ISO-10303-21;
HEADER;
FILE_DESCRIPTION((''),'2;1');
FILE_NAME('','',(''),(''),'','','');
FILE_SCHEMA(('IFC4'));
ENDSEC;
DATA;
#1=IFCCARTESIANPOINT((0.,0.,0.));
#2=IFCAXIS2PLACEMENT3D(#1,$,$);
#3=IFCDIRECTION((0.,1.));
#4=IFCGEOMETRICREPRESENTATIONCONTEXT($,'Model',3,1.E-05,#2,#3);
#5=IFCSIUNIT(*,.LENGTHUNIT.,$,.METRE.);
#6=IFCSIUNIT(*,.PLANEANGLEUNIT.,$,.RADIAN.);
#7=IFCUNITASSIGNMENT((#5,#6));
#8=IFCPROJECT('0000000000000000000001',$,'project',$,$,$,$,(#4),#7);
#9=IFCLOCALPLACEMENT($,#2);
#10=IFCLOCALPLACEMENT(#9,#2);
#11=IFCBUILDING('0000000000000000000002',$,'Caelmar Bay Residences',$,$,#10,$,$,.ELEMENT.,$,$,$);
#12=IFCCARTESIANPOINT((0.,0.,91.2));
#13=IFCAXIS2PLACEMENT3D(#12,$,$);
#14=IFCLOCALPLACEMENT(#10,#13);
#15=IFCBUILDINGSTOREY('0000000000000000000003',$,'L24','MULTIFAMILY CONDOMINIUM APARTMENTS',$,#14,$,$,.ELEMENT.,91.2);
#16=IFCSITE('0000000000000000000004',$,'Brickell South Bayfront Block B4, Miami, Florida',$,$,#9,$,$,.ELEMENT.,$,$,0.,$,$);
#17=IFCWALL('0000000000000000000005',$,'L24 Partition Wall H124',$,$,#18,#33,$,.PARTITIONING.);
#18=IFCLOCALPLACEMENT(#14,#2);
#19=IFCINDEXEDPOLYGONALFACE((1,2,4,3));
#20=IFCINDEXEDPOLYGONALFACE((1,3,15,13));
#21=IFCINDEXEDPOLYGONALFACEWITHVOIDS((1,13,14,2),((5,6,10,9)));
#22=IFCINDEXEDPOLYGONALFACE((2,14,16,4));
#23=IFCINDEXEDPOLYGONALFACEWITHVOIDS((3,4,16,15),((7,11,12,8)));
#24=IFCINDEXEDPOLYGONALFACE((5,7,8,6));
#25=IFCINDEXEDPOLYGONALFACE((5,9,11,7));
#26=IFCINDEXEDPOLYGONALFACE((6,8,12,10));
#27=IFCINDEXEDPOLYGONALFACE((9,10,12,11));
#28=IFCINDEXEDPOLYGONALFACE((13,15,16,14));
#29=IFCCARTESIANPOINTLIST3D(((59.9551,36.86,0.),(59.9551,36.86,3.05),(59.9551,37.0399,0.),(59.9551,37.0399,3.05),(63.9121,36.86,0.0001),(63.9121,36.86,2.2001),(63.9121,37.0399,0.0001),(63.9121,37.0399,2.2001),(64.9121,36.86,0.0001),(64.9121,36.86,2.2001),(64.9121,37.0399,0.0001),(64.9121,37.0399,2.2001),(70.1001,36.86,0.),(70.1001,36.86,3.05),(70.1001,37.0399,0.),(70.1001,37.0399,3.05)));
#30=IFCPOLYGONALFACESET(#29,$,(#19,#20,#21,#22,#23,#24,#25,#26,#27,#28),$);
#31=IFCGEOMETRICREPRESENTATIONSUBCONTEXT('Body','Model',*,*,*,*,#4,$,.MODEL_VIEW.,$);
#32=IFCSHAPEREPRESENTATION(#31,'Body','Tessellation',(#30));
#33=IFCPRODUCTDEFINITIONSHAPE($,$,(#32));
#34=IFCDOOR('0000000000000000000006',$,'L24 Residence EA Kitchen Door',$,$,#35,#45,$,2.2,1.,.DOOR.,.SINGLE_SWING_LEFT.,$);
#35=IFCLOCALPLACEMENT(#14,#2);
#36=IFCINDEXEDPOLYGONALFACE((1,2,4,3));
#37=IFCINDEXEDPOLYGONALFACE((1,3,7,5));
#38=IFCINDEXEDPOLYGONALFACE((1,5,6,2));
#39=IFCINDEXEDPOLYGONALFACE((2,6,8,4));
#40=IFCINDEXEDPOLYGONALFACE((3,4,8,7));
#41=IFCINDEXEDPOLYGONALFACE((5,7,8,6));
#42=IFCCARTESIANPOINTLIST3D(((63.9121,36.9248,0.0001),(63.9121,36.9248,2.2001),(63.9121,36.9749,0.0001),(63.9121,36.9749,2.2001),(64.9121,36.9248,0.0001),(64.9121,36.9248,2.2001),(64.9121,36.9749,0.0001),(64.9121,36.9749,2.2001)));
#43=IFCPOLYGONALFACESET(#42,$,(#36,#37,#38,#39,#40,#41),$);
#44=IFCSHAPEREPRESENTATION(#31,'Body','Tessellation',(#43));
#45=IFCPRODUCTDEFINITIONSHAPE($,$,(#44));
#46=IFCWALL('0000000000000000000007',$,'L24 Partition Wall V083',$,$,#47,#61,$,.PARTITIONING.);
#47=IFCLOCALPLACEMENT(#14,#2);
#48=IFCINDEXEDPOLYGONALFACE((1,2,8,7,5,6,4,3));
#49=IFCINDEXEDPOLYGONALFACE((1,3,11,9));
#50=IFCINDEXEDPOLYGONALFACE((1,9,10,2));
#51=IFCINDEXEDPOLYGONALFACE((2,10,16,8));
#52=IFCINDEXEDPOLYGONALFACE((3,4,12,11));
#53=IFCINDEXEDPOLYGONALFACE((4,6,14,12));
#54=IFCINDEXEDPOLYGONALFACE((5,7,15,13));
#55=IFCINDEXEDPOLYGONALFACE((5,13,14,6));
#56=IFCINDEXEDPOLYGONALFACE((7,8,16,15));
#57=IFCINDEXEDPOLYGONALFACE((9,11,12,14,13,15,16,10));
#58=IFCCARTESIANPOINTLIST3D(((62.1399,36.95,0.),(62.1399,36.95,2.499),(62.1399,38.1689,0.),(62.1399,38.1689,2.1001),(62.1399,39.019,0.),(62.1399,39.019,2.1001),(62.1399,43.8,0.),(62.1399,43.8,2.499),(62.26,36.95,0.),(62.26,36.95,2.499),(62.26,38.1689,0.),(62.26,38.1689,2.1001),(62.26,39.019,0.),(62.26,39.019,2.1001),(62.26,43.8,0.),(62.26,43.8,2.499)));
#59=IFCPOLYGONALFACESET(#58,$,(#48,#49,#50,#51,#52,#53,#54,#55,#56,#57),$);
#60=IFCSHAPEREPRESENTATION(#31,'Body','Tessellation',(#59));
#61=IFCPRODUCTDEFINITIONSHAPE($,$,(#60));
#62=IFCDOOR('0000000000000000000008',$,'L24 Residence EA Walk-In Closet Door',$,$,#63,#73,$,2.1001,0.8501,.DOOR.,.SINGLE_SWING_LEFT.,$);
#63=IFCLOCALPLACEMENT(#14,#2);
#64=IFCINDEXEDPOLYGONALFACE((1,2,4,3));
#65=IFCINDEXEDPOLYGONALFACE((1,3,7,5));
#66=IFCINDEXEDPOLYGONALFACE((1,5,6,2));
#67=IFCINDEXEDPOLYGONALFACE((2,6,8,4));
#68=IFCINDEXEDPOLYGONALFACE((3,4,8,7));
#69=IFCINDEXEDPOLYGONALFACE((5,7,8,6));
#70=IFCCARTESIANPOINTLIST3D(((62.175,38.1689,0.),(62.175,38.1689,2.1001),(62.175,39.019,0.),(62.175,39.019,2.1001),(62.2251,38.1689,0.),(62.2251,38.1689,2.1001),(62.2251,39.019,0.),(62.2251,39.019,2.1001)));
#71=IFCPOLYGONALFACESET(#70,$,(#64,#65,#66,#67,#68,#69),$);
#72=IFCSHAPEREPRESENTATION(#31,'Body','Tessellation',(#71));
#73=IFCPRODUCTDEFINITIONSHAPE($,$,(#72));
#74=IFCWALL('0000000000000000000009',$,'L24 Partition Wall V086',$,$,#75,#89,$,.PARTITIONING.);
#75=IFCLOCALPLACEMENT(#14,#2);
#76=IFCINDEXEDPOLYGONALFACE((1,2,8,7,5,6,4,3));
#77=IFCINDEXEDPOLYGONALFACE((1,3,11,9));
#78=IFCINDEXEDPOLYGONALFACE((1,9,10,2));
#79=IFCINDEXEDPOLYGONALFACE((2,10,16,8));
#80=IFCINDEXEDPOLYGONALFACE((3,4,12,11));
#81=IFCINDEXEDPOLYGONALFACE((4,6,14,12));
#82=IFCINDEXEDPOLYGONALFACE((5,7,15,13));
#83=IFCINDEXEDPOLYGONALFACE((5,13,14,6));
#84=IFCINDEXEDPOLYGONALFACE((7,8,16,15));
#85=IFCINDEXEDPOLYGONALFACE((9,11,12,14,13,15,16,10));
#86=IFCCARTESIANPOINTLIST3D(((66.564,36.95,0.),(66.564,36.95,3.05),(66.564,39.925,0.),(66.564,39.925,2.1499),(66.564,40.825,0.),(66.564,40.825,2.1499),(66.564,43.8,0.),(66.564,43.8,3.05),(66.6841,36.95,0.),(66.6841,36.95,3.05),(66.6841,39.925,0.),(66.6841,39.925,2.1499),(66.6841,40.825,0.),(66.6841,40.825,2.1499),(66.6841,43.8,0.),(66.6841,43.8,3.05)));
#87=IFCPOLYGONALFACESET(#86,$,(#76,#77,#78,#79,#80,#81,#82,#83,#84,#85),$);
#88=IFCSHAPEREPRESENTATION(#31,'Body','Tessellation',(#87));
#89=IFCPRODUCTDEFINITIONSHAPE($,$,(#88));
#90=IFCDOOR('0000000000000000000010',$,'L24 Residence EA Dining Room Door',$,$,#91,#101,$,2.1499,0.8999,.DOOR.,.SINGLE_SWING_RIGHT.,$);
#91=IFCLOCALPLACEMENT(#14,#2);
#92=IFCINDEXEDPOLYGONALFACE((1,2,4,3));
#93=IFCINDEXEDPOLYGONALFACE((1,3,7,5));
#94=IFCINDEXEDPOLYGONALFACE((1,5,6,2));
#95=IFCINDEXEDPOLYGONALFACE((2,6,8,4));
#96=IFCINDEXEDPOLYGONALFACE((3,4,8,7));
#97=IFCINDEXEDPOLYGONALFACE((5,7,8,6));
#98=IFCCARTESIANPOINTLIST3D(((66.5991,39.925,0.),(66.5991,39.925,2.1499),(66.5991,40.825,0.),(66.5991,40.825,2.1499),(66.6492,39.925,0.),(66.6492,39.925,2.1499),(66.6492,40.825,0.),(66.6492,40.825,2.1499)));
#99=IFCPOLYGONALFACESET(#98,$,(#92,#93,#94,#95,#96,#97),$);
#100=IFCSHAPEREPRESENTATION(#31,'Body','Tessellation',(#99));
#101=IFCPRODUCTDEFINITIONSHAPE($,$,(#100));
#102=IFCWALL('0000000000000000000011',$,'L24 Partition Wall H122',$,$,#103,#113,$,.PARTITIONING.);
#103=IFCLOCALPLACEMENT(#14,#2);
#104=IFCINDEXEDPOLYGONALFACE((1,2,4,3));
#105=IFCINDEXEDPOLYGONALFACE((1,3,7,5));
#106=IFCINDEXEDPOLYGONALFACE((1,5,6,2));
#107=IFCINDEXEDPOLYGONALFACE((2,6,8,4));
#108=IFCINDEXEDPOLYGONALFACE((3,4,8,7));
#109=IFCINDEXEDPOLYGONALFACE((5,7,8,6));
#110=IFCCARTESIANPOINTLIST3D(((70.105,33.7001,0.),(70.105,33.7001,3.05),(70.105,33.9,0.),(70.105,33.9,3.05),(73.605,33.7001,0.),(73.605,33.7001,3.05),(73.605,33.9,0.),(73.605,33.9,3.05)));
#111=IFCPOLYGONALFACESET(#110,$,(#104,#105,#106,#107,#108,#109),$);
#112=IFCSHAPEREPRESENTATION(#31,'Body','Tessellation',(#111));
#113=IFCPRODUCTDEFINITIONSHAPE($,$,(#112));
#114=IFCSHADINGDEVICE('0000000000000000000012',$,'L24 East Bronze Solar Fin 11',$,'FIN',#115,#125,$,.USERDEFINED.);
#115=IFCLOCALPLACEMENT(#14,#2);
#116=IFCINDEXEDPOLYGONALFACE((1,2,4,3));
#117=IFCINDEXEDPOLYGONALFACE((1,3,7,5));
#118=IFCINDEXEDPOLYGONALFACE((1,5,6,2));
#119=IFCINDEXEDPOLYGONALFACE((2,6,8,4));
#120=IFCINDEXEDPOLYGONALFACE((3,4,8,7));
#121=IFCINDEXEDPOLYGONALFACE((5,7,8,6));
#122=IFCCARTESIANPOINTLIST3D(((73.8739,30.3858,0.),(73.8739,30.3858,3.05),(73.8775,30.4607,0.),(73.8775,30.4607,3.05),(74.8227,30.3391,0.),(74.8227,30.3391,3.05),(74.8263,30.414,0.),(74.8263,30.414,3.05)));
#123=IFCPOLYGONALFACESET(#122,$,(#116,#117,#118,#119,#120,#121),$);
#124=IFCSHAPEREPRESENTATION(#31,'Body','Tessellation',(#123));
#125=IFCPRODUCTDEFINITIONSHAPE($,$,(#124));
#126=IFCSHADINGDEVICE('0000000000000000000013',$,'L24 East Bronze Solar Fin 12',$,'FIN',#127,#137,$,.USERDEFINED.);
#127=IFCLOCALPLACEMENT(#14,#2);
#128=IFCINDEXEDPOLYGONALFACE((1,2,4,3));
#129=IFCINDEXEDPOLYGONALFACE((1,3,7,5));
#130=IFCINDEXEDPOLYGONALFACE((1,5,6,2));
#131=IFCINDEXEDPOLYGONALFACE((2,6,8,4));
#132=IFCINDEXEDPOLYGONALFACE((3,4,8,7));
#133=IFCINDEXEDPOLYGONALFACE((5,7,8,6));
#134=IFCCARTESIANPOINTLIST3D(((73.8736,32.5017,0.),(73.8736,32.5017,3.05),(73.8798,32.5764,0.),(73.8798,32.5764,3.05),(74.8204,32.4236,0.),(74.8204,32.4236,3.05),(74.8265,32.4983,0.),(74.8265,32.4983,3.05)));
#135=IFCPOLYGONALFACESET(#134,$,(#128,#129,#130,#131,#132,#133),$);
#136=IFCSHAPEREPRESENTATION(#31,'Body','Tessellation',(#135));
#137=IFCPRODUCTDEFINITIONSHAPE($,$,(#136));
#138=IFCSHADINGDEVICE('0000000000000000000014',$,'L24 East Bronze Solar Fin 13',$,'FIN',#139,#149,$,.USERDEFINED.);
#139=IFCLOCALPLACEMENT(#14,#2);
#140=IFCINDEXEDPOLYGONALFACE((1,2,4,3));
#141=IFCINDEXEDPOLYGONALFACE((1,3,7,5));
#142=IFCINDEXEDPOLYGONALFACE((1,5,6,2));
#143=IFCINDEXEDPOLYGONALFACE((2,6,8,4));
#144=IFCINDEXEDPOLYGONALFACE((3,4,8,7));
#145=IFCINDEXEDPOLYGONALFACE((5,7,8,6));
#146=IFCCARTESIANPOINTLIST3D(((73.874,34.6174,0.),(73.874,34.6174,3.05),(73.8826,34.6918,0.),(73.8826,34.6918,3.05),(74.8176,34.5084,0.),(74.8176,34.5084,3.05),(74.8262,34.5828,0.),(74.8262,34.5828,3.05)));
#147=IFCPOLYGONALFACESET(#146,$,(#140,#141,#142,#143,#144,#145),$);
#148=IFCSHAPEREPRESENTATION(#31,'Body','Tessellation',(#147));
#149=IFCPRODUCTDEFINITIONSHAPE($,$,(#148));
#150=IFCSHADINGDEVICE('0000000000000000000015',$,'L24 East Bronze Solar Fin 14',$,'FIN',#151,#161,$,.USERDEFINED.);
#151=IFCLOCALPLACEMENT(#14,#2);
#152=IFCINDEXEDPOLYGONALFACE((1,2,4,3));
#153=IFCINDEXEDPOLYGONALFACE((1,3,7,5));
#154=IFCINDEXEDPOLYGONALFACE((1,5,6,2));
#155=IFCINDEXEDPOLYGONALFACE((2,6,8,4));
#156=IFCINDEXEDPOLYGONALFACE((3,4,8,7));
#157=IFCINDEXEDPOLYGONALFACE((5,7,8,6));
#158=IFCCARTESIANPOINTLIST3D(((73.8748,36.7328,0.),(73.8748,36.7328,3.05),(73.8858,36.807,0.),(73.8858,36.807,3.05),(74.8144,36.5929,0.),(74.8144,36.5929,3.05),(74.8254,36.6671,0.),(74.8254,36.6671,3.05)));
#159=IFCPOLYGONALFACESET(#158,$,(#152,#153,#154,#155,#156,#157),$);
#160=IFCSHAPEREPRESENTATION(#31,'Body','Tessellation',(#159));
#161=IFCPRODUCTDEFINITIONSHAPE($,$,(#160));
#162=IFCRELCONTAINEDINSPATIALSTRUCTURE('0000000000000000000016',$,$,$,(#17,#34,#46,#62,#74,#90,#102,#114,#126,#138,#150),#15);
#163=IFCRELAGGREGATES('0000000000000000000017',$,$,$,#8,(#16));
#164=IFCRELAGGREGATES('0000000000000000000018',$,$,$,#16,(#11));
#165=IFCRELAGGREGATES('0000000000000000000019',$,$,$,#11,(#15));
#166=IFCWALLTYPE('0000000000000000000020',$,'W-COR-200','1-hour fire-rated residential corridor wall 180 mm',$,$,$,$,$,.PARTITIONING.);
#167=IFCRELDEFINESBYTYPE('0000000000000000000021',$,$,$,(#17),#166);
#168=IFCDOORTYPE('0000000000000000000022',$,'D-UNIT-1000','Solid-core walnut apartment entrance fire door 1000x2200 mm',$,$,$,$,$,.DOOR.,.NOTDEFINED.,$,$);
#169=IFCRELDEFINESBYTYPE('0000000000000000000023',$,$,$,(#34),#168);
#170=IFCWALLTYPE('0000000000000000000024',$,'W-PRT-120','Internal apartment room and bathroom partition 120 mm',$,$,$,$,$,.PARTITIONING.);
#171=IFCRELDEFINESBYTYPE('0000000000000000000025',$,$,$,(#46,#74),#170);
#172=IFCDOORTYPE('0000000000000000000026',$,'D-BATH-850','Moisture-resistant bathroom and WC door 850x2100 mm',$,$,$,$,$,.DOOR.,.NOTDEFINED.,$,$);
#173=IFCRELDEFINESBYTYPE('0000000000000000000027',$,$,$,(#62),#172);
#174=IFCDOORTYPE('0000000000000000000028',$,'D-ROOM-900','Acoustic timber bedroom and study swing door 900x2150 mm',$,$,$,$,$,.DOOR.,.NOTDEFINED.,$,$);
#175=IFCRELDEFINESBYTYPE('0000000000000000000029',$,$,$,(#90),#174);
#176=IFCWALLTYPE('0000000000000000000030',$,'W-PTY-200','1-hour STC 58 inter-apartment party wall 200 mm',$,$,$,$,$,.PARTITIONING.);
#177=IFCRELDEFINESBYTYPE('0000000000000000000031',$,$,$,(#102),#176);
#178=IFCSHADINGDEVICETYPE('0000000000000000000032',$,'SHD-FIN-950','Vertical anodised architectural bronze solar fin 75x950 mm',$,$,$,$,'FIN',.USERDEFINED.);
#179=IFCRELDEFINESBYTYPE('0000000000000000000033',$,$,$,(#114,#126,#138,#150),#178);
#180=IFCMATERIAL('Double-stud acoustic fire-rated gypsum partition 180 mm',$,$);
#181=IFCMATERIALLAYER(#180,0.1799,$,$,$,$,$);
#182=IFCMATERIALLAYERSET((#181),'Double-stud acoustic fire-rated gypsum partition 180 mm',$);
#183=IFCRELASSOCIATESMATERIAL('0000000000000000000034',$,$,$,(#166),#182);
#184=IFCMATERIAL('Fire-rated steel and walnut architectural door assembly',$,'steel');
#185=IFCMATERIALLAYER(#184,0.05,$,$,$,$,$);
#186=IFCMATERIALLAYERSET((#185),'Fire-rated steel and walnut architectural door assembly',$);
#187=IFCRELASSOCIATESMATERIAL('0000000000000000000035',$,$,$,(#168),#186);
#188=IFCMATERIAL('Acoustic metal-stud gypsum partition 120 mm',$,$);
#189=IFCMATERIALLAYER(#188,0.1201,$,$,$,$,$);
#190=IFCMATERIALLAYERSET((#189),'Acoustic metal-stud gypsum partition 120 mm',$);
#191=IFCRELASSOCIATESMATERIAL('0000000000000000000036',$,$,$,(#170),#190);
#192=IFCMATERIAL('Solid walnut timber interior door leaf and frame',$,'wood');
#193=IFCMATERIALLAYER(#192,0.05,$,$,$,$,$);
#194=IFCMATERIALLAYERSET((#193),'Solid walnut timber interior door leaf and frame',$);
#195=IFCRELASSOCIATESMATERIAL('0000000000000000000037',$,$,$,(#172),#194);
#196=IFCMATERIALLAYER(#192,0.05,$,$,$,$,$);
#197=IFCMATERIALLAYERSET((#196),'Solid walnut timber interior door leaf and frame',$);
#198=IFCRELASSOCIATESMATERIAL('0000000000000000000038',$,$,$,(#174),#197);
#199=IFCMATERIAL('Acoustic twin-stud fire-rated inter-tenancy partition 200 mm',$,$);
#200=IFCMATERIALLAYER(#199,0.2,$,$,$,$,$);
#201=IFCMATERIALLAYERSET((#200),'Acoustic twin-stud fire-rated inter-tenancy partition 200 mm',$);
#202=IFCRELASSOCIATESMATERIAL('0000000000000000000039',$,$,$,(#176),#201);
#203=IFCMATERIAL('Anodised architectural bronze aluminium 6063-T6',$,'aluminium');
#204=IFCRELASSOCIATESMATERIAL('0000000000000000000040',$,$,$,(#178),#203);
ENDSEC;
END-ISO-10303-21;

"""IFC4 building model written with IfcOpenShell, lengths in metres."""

from ifc_helpers import new_model, si_unit, direction, frame, frame_2d, origin, origin_2d, place, context, subcontext, project, spatial, rectangle, extrude, material, layer, layer_set, material_profile, profile_set, type_object, element, fill, save


model = new_model("IFC4")

# Units and contexts
model_context = context("Model", 3, precision=1e-05, world=origin(), true_north=direction((0.0, 1.0)))
body_context = subcontext(model_context, "Body", "Model", "MODEL_VIEW")
ifc_project = project(units=[si_unit("LENGTHUNIT", "METRE"), si_unit("PLANEANGLEUNIT", "RADIAN")], contexts=[model_context])

# Site, building, storey
site_placement = place(None, origin())
site = spatial("IfcSite", under=ifc_project, at=site_placement, Name="Brickell South Bayfront Block B4, Miami, Florida", CompositionType="ELEMENT", RefElevation=0.0)
building_placement = place(site_placement, origin())
building = spatial("IfcBuilding", under=site, at=building_placement, Name="Caelmar Bay Residences", CompositionType="ELEMENT")
storey_placement = place(building_placement, frame((0.0, 0.0, 91.2)))
storey = spatial("IfcBuildingStorey", under=building, at=storey_placement, Name="L24", Description="MULTIFAMILY CONDOMINIUM APARTMENTS", CompositionType="ELEMENT", Elevation=91.2)

# Shared definitions
ifc_material_1 = material(Name="Double-stud acoustic fire-rated gypsum partition 180 mm")
ifc_layer_1 = layer(ifc_material_1, 0.1799)
ifc_layer_set_1 = layer_set([ifc_layer_1], Name="Double-stud acoustic fire-rated gypsum partition 180 mm")
wall_type_1 = type_object("IfcWallType", Name="W-COR-200", Description="1-hour fire-rated residential corridor wall 180 mm", PredefinedType="PARTITIONING", material=ifc_layer_set_1)

# Walls, openings, doors
wall_1_placement = place(storey_placement, frame((59.9551, 36.95, 0.0), z_axis=(0.0, 0.0, 1.0), x_axis=(1.0, 0.0, 0.0)))
wall_1 = element("IfcWall", 1, at=wall_1_placement, inside=storey, type_object=wall_type_1, Name="L24 Partition Wall H124", PredefinedType="PARTITIONING", context=body_context, shape_type="SweptSolid", body=[
    extrude(rectangle(XDim=10.145, YDim=0.1799, at=frame_2d((5.0725, 0.0))), origin(), (0.0, 0.0, 1.0), 3.05),
])
opening_1_placement = place(wall_1_placement, frame((3.957, 0.0, 0.0)))
opening_1 = element("IfcOpeningElement", 2, at=opening_1_placement, cuts=wall_1, PredefinedType="OPENING", context=body_context, shape_type="SweptSolid", body=[
    extrude(rectangle(XDim=1.0, YDim=2.2, at=frame_2d((0.5, 1.1001))), frame((0.0, 0.0999, 0.0), z_axis=(0.0, -1.0, 0.0), x_axis=(1.0, 0.0, 0.0)), (0.0, 0.0, 1.0), 0.2),
])
ifc_material_2 = material(Name="Fire-rated steel and walnut architectural door assembly", Category="steel")
ifc_layer_2 = layer(ifc_material_2, 0.05)
ifc_layer_set_2 = layer_set([ifc_layer_2], Name="Fire-rated steel and walnut architectural door assembly")
door_type_1 = type_object("IfcDoorType", Name="D-UNIT-1000", Description="Solid-core walnut apartment entrance fire door 1000x2200 mm", OperationType="NOTDEFINED", PredefinedType="DOOR", material=ifc_layer_set_2)
door_1_placement = place(opening_1_placement, origin())
door_1 = element("IfcDoor", 3, at=door_1_placement, inside=storey, type_object=door_type_1, Name="L24 Residence EA Kitchen Door", OperationType="SINGLE_SWING_LEFT", OverallHeight=2.2, OverallWidth=1.0, PredefinedType="DOOR", context=body_context, shape_type="SweptSolid", body=[
    extrude(rectangle(XDim=1.0, YDim=2.2, at=frame_2d((0.5, 1.1001))), frame((0.0, 0.0249, 0.0), z_axis=(0.0, -1.0, 0.0), x_axis=(1.0, 0.0, 0.0)), (0.0, 0.0, 1.0), 0.05),
])
fill(opening_1, door_1)
ifc_material_3 = material(Name="Acoustic metal-stud gypsum partition 120 mm")
ifc_layer_3 = layer(ifc_material_3, 0.1201)
ifc_layer_set_3 = layer_set([ifc_layer_3], Name="Acoustic metal-stud gypsum partition 120 mm")
wall_type_2 = type_object("IfcWallType", Name="W-PRT-120", Description="Internal apartment room and bathroom partition 120 mm", PredefinedType="PARTITIONING", material=ifc_layer_set_3)
wall_2_placement = place(storey_placement, frame((62.2, 36.95, 0.0), z_axis=(0.0, 0.0, 1.0), x_axis=(0.0, 1.0, 0.0)))
wall_2 = element("IfcWall", 4, at=wall_2_placement, inside=storey, type_object=wall_type_2, Name="L24 Partition Wall V083", PredefinedType="PARTITIONING", context=body_context, shape_type="SweptSolid", body=[
    extrude(rectangle(XDim=6.8501, YDim=0.1201, at=frame_2d((3.425, 0.0))), origin(), (0.0, 0.0, 1.0), 2.499),
])
opening_2_placement = place(wall_2_placement, frame((1.219, 0.0, 0.0)))
opening_2 = element("IfcOpeningElement", 5, at=opening_2_placement, cuts=wall_2, PredefinedType="OPENING", context=body_context, shape_type="SweptSolid", body=[
    extrude(rectangle(XDim=0.8501, YDim=2.1001, at=frame_2d((0.425, 1.05))), frame((0.0, 0.0701, 0.0), z_axis=(0.0, -1.0, 0.0), x_axis=(1.0, 0.0, 0.0)), (0.0, 0.0, 1.0), 0.1401),
])
ifc_material_4 = material(Name="Solid walnut timber interior door leaf and frame", Category="wood")
ifc_layer_4 = layer(ifc_material_4, 0.05)
ifc_layer_set_4 = layer_set([ifc_layer_4], Name="Solid walnut timber interior door leaf and frame")
door_type_2 = type_object("IfcDoorType", Name="D-BATH-850", Description="Moisture-resistant bathroom and WC door 850x2100 mm", OperationType="NOTDEFINED", PredefinedType="DOOR", material=ifc_layer_set_4)
door_2_placement = place(opening_2_placement, origin())
door_2 = element("IfcDoor", 6, at=door_2_placement, inside=storey, type_object=door_type_2, Name="L24 Residence EA Walk-In Closet Door", OperationType="SINGLE_SWING_LEFT", OverallHeight=2.1001, OverallWidth=0.8501, PredefinedType="DOOR", context=body_context, shape_type="SweptSolid", body=[
    extrude(rectangle(XDim=0.8501, YDim=2.1001, at=frame_2d((0.425, 1.05))), frame((0.0, 0.0249, 0.0), z_axis=(0.0, -1.0, 0.0), x_axis=(1.0, 0.0, 0.0)), (0.0, 0.0, 1.0), 0.05),
])
fill(opening_2, door_2)
wall_3_placement = place(storey_placement, frame((66.624, 36.95, 0.0), z_axis=(0.0, 0.0, 1.0), x_axis=(0.0, 1.0, 0.0)))
wall_3 = element("IfcWall", 7, at=wall_3_placement, inside=storey, type_object=wall_type_2, Name="L24 Partition Wall V086", PredefinedType="PARTITIONING", context=body_context, shape_type="SweptSolid", body=[
    extrude(rectangle(XDim=6.8501, YDim=0.1201, at=frame_2d((3.425, 0.0))), origin(), (0.0, 0.0, 1.0), 3.05),
])
opening_3_placement = place(wall_3_placement, frame((2.9751, 0.0, 0.0)))
opening_3 = element("IfcOpeningElement", 8, at=opening_3_placement, cuts=wall_3, PredefinedType="OPENING", context=body_context, shape_type="SweptSolid", body=[
    extrude(rectangle(XDim=0.8999, YDim=2.1499, at=frame_2d((0.45, 1.075))), frame((0.0, 0.0701, 0.0), z_axis=(0.0, -1.0, 0.0), x_axis=(1.0, 0.0, 0.0)), (0.0, 0.0, 1.0), 0.1401),
])
ifc_layer_5 = layer(ifc_material_4, 0.05)
ifc_layer_set_5 = layer_set([ifc_layer_5], Name="Solid walnut timber interior door leaf and frame")
door_type_3 = type_object("IfcDoorType", Name="D-ROOM-900", Description="Acoustic timber bedroom and study swing door 900x2150 mm", OperationType="NOTDEFINED", PredefinedType="DOOR", material=ifc_layer_set_5)
door_3_placement = place(opening_3_placement, origin())
door_3 = element("IfcDoor", 9, at=door_3_placement, inside=storey, type_object=door_type_3, Name="L24 Residence EA Dining Room Door", OperationType="SINGLE_SWING_RIGHT", OverallHeight=2.1499, OverallWidth=0.8999, PredefinedType="DOOR", context=body_context, shape_type="SweptSolid", body=[
    extrude(rectangle(XDim=0.8999, YDim=2.1499, at=frame_2d((0.45, 1.075))), frame((0.0, 0.0249, 0.0), z_axis=(0.0, -1.0, 0.0), x_axis=(1.0, 0.0, 0.0)), (0.0, 0.0, 1.0), 0.05),
])
fill(opening_3, door_3)

# Wall
ifc_material_5 = material(Name="Acoustic twin-stud fire-rated inter-tenancy partition 200 mm")
ifc_layer_6 = layer(ifc_material_5, 0.2)
ifc_layer_set_6 = layer_set([ifc_layer_6], Name="Acoustic twin-stud fire-rated inter-tenancy partition 200 mm")
wall_type_3 = type_object("IfcWallType", Name="W-PTY-200", Description="1-hour STC 58 inter-apartment party wall 200 mm", PredefinedType="PARTITIONING", material=ifc_layer_set_6)
wall_4_placement = place(storey_placement, frame((70.105, 33.8, 0.0), z_axis=(0.0, 0.0, 1.0), x_axis=(1.0, 0.0, 0.0)))
element("IfcWall", 10, at=wall_4_placement, inside=storey, type_object=wall_type_3, Name="L24 Partition Wall H122", PredefinedType="PARTITIONING", context=body_context, shape_type="SweptSolid", body=[
    extrude(rectangle(XDim=3.5, YDim=0.2, at=frame_2d((1.75, 0.0))), origin(), (0.0, 0.0, 1.0), 3.05),
])

# Shading devices
ifc_material_6 = material(Name="Anodised architectural bronze aluminium 6063-T6", Category="aluminium")
ifc_material_profile_1 = material_profile(ifc_material_6, rectangle(XDim=0.075, YDim=0.95, at=origin_2d()), Name="BRONZE-FIN-75X950")
ifc_profile_set_1 = profile_set([ifc_material_profile_1], Name="Anodised architectural bronze aluminium 6063-T6")
shading_device_type = type_object("IfcShadingDeviceType", Name="SHD-FIN-950", Description="Vertical anodised architectural bronze solar fin 75x950 mm", ElementType="FIN", PredefinedType="USERDEFINED", material=ifc_profile_set_1)
for number, where, z_axis, x_axis, name in (
    (11, (74.3501, 30.3999, 0.0), (0.0, 0.0, 1.0), (0.049198, 0.998789, 0.0), "L24 East Bronze Solar Fin 11"),
    (12, (74.3501, 32.5, 0.0), (0.0, 0.0, 1.0), (0.082112, 0.996623, 0.0), "L24 East Bronze Solar Fin 12"),
    (13, (74.3501, 34.6001, 0.0), (0.0, 0.0, 1.0), (0.114764, 0.993393, 0.0), "L24 East Bronze Solar Fin 13"),
    (14, (74.3501, 36.7, 0.0), (0.0, 0.0, 1.0), (0.147292, 0.989093, 0.0), "L24 East Bronze Solar Fin 14"),
):
    element("IfcShadingDevice", number, at=place(storey_placement, frame(where, z_axis=z_axis, x_axis=x_axis)), inside=storey, type_object=shading_device_type, Name=name, ObjectType="FIN", PredefinedType="USERDEFINED", context=body_context, shape_type="SweptSolid", body=[
        extrude(rectangle(XDim=0.075, YDim=0.95, at=origin_2d()), origin(), (0.0, 0.0, 1.0), 3.05),
    ])

save(model, "model.ifc")
